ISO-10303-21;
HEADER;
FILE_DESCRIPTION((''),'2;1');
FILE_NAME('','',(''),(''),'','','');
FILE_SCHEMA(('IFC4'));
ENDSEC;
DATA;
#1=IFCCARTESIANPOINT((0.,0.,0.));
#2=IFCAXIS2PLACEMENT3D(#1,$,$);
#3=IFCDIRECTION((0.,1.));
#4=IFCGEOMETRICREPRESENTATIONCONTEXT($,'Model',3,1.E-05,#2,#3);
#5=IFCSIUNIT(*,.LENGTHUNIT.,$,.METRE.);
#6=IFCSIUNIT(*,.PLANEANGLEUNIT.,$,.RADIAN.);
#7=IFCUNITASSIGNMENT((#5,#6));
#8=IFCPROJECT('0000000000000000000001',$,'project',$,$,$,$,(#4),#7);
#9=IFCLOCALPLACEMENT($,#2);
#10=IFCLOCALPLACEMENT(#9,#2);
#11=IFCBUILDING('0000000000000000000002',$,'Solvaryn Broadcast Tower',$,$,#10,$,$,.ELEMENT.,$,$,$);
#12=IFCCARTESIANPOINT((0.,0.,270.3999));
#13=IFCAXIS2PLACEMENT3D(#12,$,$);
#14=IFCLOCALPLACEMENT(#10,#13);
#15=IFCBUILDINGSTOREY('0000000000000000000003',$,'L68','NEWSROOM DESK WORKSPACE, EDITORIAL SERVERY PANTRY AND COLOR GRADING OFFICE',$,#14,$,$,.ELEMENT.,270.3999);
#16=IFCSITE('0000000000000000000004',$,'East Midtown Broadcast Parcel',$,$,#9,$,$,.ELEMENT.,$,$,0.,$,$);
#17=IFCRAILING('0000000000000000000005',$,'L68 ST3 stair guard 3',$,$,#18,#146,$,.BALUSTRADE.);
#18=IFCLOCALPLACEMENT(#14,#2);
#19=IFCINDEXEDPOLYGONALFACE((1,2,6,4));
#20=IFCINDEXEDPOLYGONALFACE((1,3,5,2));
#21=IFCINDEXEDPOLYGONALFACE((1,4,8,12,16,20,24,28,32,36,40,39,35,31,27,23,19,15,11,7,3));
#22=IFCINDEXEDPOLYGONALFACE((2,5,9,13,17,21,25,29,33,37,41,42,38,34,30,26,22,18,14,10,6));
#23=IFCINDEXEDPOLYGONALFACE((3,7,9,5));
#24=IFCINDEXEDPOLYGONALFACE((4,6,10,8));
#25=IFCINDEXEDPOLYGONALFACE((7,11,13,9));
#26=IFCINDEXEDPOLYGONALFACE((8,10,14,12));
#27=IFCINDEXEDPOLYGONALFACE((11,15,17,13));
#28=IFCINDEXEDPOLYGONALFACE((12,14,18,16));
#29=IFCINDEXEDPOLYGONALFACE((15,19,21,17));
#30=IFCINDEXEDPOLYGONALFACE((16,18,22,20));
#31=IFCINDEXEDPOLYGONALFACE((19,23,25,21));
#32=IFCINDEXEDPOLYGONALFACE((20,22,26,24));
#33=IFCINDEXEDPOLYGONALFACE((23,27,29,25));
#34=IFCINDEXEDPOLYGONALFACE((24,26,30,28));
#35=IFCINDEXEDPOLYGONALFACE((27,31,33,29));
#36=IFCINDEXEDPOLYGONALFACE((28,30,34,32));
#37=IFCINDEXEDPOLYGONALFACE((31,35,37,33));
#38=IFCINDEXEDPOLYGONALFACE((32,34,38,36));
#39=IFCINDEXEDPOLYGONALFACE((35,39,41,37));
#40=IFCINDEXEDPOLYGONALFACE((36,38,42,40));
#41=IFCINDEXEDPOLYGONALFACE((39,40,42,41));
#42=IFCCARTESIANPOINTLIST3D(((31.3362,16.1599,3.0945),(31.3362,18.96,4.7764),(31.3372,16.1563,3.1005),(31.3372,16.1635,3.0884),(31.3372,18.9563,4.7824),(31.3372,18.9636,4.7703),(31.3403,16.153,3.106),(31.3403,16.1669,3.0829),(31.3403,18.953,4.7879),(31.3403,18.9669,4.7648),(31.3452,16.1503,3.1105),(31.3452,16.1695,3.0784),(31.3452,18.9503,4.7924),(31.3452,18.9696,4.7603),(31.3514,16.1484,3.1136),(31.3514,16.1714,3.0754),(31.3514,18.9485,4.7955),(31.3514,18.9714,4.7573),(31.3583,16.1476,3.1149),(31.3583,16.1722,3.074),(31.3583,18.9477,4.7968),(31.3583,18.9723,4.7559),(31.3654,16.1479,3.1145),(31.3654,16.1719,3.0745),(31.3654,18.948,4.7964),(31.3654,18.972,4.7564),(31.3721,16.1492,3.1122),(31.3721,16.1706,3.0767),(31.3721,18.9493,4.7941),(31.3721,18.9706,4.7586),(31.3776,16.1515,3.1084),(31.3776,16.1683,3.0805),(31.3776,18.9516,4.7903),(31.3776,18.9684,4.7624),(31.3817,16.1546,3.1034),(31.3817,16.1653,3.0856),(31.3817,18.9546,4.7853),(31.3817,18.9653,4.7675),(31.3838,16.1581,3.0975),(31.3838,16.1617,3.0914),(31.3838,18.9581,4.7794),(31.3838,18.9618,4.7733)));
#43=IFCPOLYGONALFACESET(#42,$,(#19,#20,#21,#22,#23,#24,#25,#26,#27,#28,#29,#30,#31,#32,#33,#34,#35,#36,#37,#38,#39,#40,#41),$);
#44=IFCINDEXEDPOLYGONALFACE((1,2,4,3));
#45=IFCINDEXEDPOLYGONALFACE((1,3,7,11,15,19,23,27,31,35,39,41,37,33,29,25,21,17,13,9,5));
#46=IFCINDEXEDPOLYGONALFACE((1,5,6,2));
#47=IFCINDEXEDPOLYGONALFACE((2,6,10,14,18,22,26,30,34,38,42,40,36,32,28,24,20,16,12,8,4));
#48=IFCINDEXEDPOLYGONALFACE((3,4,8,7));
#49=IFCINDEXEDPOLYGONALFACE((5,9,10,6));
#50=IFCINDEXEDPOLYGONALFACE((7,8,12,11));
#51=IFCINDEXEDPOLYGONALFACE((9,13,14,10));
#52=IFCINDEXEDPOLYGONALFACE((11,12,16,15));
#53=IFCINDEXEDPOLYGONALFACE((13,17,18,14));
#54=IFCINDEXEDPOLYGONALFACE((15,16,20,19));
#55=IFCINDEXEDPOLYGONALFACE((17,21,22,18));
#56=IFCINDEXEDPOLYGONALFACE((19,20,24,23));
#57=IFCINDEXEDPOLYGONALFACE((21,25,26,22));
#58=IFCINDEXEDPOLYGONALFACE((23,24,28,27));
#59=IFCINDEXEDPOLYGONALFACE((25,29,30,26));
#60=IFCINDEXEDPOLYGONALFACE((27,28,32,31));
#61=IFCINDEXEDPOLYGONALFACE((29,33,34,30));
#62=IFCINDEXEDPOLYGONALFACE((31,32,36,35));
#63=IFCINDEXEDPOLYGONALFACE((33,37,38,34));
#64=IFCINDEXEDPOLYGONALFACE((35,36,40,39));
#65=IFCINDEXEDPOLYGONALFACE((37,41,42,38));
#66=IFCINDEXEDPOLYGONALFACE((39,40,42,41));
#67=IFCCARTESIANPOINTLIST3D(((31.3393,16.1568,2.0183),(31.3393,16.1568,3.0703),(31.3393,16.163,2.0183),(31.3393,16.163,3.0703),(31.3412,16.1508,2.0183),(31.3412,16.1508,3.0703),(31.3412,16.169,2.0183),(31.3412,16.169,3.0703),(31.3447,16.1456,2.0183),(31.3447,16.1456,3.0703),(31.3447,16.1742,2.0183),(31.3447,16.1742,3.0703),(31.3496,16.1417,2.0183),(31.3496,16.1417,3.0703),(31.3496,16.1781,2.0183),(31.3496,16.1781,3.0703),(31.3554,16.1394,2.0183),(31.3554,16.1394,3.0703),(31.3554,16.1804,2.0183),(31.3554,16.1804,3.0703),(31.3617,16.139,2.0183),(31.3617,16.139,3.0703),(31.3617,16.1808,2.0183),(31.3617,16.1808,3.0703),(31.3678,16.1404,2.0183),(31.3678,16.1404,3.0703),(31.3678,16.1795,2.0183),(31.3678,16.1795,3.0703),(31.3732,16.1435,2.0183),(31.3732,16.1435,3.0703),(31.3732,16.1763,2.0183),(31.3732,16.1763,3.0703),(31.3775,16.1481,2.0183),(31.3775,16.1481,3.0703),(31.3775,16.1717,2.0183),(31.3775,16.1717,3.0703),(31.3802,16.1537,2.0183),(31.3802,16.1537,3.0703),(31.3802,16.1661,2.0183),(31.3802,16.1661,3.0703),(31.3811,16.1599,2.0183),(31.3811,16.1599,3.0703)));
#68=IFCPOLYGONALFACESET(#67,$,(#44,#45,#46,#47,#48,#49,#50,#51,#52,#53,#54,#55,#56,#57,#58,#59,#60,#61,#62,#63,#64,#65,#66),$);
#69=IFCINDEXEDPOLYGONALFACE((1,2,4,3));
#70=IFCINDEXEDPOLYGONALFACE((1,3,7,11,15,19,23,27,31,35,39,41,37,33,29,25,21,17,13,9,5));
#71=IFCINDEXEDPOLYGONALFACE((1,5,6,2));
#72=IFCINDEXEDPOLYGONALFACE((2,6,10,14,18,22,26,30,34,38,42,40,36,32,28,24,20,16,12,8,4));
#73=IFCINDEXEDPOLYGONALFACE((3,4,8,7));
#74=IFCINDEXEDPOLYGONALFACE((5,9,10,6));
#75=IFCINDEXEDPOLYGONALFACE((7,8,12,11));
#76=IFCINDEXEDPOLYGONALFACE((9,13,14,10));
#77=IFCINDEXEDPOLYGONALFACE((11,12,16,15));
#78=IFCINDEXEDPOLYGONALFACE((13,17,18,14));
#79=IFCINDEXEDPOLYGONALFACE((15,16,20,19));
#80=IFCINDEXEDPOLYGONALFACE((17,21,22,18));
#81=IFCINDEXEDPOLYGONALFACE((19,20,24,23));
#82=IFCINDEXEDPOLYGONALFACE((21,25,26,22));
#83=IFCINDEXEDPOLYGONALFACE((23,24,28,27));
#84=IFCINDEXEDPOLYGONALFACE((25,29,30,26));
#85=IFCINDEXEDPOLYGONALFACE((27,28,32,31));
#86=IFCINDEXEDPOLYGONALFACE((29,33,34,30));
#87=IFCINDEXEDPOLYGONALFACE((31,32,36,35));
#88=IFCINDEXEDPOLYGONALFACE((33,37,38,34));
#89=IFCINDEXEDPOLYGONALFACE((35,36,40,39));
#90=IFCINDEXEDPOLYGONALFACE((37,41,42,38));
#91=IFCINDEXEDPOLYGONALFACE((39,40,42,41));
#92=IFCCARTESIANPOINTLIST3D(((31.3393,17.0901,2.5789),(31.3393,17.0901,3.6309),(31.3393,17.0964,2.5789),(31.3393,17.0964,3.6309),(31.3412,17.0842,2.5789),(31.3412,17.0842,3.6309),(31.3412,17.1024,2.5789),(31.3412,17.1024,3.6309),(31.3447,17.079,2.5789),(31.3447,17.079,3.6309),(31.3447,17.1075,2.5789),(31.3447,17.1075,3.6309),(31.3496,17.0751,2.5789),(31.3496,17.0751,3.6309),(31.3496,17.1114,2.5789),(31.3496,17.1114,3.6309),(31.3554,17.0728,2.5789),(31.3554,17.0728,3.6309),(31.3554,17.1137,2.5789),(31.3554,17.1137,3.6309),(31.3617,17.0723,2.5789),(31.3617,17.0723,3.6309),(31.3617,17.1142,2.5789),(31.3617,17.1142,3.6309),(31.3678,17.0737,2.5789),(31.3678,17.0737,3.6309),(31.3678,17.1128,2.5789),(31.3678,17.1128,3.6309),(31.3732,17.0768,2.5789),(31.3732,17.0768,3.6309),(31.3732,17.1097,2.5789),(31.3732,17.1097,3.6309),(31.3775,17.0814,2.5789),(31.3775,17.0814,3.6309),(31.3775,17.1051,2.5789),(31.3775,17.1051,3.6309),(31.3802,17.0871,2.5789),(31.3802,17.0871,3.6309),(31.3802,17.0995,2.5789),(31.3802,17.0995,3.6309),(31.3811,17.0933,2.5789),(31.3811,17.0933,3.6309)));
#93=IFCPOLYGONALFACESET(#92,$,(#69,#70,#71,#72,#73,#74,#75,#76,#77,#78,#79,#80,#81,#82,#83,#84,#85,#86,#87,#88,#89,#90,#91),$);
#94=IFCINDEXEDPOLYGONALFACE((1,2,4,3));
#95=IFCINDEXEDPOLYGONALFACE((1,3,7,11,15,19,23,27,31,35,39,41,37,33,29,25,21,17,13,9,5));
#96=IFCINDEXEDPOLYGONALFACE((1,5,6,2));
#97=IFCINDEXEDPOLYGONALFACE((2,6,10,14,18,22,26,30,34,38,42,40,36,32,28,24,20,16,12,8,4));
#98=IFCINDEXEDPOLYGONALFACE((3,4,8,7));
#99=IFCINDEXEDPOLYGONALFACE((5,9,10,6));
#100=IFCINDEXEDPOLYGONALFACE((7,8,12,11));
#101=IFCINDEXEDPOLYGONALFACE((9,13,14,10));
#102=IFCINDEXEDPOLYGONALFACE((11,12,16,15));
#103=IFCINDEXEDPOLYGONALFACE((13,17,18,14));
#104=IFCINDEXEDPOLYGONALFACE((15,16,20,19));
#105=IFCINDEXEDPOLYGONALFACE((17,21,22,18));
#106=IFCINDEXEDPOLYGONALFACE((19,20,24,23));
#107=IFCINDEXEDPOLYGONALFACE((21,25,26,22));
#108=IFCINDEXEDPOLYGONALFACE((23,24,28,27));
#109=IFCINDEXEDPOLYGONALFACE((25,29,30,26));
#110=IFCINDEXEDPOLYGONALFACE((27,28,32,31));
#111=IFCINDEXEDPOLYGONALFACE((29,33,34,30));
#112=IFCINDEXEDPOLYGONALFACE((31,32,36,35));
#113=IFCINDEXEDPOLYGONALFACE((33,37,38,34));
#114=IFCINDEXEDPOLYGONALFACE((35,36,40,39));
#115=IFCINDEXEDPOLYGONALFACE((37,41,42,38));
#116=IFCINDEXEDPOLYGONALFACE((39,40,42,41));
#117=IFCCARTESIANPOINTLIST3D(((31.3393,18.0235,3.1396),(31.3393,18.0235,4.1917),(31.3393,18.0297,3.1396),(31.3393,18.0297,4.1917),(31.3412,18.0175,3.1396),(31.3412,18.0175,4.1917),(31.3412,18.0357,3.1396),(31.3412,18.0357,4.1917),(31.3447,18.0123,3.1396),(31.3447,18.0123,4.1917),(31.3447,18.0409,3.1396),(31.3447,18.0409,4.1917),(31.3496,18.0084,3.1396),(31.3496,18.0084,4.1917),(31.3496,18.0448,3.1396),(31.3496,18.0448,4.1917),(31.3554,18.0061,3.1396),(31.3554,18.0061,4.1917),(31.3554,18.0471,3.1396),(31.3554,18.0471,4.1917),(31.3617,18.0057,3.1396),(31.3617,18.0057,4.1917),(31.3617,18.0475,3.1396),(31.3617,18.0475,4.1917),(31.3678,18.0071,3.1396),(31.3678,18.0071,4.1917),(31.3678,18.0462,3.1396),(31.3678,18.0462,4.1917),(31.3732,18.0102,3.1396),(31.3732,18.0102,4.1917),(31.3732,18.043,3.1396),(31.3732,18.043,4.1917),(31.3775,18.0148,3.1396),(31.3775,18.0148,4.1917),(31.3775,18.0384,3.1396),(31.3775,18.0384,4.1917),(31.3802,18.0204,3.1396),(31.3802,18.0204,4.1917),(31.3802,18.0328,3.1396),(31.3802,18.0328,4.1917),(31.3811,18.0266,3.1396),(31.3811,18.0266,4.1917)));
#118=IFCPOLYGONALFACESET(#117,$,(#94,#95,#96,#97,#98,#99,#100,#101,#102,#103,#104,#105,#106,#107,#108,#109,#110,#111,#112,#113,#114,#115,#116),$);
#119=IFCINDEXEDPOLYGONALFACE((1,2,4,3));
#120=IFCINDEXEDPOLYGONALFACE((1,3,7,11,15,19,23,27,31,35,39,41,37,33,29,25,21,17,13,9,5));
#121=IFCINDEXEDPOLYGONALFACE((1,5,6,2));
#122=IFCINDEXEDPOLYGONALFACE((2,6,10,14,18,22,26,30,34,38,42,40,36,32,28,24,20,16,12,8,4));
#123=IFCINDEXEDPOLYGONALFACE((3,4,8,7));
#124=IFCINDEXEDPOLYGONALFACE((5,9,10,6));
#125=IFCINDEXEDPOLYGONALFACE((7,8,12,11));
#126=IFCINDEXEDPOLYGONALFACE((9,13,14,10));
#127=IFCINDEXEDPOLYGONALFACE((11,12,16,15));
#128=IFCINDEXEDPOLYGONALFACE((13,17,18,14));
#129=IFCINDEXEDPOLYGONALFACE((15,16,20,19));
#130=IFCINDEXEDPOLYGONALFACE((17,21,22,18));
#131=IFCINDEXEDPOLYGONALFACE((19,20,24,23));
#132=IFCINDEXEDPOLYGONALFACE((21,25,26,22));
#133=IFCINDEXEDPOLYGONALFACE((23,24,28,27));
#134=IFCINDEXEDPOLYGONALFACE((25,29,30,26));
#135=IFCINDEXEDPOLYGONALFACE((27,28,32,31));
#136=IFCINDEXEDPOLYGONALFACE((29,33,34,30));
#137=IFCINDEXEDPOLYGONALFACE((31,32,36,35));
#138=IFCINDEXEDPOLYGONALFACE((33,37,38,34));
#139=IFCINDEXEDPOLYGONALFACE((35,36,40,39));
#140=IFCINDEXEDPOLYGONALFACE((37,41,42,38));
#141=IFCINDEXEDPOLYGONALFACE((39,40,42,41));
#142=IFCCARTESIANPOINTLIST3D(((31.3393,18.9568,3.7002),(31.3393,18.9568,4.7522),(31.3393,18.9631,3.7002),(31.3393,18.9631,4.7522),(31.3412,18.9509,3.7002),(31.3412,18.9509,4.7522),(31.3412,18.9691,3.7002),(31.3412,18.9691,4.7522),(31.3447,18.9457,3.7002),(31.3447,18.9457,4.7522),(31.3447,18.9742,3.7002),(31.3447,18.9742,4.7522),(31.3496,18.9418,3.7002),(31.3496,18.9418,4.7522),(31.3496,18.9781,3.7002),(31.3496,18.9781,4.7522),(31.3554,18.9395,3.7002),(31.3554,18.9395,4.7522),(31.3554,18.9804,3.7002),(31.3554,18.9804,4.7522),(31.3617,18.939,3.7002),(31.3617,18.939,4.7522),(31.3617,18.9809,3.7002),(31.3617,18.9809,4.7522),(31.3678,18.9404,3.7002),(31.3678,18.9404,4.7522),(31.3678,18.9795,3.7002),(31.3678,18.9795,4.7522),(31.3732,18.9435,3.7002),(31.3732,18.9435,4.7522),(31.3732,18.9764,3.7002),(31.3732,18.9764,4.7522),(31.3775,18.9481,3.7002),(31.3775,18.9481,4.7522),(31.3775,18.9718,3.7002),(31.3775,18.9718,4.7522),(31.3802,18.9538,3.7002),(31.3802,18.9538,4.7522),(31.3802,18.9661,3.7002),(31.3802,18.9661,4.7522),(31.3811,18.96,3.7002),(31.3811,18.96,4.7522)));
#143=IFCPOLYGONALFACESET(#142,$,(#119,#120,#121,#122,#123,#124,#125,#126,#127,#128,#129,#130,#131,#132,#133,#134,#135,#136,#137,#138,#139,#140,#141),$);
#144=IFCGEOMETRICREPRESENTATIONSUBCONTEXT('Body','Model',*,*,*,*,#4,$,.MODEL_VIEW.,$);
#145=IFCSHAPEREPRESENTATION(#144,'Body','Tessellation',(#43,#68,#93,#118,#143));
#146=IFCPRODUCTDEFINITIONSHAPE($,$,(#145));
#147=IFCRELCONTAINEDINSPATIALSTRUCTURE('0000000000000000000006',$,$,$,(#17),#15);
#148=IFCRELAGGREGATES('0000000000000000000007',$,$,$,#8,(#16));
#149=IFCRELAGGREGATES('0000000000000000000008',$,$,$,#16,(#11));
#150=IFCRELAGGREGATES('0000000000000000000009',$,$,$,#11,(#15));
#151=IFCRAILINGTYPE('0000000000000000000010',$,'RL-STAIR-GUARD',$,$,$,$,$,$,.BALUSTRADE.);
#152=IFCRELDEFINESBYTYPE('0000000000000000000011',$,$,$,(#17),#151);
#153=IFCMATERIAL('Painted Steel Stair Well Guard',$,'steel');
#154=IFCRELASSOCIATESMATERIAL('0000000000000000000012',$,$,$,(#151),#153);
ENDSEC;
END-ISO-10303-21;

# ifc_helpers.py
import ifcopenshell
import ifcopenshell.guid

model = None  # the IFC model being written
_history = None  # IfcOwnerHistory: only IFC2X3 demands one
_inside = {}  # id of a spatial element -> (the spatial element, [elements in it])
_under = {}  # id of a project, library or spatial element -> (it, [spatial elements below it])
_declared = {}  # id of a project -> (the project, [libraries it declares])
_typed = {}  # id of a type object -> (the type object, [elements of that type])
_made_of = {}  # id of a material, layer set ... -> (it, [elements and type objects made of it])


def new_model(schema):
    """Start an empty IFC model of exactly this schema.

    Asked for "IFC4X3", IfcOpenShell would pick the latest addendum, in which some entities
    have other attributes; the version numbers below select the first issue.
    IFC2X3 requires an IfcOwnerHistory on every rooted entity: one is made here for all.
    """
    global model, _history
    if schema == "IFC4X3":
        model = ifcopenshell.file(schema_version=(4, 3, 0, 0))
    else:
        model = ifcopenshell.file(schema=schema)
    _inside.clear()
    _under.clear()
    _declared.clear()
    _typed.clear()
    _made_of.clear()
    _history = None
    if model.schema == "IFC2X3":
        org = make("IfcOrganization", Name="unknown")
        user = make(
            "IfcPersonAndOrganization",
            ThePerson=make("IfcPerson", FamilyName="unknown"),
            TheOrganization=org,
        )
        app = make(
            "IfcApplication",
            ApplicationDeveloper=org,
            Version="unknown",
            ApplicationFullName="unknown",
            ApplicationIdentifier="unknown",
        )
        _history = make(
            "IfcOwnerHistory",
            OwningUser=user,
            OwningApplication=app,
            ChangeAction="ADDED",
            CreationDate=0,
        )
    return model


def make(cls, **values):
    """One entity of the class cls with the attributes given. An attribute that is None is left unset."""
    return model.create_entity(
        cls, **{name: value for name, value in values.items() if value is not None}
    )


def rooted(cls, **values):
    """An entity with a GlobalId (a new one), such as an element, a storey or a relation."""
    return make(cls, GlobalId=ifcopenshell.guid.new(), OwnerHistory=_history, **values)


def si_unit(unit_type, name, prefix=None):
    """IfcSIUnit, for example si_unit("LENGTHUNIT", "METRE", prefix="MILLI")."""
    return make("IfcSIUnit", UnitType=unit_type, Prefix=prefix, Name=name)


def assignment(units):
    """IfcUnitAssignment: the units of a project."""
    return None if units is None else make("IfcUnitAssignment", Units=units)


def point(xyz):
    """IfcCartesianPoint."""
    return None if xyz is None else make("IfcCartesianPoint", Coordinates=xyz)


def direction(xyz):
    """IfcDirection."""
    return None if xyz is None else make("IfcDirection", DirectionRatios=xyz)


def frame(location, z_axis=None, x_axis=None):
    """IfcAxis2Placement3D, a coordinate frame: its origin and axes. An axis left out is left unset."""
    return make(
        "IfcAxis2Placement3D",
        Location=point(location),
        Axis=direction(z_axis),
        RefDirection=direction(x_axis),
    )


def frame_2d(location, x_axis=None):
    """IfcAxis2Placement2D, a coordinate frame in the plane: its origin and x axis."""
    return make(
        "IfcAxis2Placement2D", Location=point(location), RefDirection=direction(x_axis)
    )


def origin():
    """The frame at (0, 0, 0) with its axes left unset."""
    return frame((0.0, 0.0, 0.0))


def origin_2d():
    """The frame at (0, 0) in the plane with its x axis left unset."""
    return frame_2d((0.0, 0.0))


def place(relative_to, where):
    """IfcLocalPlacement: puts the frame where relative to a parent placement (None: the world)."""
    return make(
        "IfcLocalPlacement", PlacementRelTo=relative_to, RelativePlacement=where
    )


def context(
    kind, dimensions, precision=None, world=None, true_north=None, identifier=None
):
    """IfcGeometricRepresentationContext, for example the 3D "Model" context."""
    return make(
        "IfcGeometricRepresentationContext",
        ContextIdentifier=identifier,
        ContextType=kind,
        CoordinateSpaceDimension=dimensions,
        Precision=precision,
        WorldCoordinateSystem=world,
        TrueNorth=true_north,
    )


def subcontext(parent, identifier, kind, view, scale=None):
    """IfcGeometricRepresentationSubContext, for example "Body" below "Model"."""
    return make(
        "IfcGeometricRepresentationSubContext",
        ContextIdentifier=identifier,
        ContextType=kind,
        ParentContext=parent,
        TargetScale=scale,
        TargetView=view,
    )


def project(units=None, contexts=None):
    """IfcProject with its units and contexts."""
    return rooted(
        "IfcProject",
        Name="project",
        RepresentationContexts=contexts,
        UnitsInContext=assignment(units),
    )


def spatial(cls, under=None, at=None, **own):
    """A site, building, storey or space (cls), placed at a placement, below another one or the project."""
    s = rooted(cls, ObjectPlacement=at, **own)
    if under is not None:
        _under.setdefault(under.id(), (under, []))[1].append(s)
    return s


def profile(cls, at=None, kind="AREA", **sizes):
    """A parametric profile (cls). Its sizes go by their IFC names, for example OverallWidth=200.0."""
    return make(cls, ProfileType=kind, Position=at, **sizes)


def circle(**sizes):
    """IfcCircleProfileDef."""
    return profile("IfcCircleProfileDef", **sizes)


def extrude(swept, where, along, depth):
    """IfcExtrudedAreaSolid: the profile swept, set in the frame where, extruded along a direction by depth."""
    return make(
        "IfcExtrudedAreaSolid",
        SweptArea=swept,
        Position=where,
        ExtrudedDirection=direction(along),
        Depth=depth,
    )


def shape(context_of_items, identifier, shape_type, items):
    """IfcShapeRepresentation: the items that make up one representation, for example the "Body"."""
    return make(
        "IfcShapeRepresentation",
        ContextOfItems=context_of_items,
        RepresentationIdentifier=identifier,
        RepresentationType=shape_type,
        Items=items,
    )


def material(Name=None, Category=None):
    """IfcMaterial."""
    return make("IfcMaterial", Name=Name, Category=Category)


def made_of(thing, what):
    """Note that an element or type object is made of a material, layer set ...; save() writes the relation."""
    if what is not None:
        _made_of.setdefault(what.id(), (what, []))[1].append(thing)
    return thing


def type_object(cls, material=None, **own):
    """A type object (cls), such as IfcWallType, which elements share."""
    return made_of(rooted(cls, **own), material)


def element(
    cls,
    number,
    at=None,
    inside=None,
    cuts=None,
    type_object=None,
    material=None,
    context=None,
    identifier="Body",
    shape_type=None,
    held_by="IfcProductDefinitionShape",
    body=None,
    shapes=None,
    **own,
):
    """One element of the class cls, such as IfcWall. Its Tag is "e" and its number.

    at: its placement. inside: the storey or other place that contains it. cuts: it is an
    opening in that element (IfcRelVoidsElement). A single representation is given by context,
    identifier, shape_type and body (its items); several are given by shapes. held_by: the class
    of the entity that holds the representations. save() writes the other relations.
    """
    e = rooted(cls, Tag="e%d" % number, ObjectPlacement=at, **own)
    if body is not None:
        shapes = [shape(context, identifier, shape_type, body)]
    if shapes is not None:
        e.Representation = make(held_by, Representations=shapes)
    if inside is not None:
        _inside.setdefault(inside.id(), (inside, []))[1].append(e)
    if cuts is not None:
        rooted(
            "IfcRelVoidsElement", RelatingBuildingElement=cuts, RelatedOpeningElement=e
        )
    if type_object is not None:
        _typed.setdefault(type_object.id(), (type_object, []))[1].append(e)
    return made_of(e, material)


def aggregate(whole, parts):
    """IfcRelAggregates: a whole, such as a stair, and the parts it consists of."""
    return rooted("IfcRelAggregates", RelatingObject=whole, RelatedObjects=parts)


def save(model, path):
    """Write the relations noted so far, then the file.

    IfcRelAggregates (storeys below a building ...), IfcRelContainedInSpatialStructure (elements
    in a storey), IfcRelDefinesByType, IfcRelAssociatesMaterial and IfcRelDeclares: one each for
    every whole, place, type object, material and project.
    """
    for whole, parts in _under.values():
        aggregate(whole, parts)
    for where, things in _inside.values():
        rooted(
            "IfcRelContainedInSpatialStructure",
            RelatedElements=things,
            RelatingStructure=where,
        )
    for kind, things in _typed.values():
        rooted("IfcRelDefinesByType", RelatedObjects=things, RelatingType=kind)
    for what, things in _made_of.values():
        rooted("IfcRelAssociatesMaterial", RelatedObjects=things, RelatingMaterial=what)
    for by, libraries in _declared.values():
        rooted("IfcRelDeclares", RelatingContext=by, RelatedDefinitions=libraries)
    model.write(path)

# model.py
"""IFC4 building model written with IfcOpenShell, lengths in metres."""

from ifc_helpers import new_model, si_unit, direction, frame, origin, origin_2d, place, context, subcontext, project, spatial, circle, extrude, material, type_object, element, save


model = new_model("IFC4")

# Units and contexts
model_context = context("Model", 3, precision=1e-05, world=origin(), true_north=direction((0.0, 1.0)))
body_context = subcontext(model_context, "Body", "Model", "MODEL_VIEW")
ifc_project = project(units=[si_unit("LENGTHUNIT", "METRE"), si_unit("PLANEANGLEUNIT", "RADIAN")], contexts=[model_context])

# Site, building, storey
site_placement = place(None, origin())
site = spatial("IfcSite", under=ifc_project, at=site_placement, Name="East Midtown Broadcast Parcel", CompositionType="ELEMENT", RefElevation=0.0)
building_placement = place(site_placement, origin())
building = spatial("IfcBuilding", under=site, at=building_placement, Name="Solvaryn Broadcast Tower", CompositionType="ELEMENT")
storey_placement = place(building_placement, frame((0.0, 0.0, 270.3999)))
storey = spatial("IfcBuildingStorey", under=building, at=storey_placement, Name="L68", Description="NEWSROOM DESK WORKSPACE, EDITORIAL SERVERY PANTRY AND COLOR GRADING OFFICE", CompositionType="ELEMENT", Elevation=270.3999)

# Railing
ifc_material_1 = material(Name="Painted Steel Stair Well Guard", Category="steel")
railing_type_1 = type_object("IfcRailingType", Name="RL-STAIR-GUARD", PredefinedType="BALUSTRADE", material=ifc_material_1)
railing_1_placement = place(storey_placement, frame((31.3601, 16.1599, 2.0183)))
element("IfcRailing", 1, at=railing_1_placement, inside=storey, type_object=railing_type_1, Name="L68 ST3 stair guard 3", PredefinedType="BALUSTRADE", context=body_context, shape_type="SweptSolid", body=[
    extrude(circle(Radius=0.0239, at=origin_2d()), frame((0.0, 0.0, 1.0762), z_axis=(0.0, 0.857242, 0.514913), x_axis=(-1.0, 0.0, 0.0)), (0.0, 0.0, 1.0), 3.2664),
    extrude(circle(Radius=0.021, at=origin_2d()), origin(), (0.0, 0.0, 1.0), 1.052),
    extrude(circle(Radius=0.021, at=origin_2d()), frame((0.0, 0.9333, 0.5605)), (0.0, 0.0, 1.0), 1.052),
    extrude(circle(Radius=0.021, at=origin_2d()), frame((0.0, 1.8667, 1.1213)), (0.0, 0.0, 1.0), 1.052),
    extrude(circle(Radius=0.021, at=origin_2d()), frame((0.0, 2.8, 1.6819)), (0.0, 0.0, 1.0), 1.052),
])

save(model, "model.ifc")
